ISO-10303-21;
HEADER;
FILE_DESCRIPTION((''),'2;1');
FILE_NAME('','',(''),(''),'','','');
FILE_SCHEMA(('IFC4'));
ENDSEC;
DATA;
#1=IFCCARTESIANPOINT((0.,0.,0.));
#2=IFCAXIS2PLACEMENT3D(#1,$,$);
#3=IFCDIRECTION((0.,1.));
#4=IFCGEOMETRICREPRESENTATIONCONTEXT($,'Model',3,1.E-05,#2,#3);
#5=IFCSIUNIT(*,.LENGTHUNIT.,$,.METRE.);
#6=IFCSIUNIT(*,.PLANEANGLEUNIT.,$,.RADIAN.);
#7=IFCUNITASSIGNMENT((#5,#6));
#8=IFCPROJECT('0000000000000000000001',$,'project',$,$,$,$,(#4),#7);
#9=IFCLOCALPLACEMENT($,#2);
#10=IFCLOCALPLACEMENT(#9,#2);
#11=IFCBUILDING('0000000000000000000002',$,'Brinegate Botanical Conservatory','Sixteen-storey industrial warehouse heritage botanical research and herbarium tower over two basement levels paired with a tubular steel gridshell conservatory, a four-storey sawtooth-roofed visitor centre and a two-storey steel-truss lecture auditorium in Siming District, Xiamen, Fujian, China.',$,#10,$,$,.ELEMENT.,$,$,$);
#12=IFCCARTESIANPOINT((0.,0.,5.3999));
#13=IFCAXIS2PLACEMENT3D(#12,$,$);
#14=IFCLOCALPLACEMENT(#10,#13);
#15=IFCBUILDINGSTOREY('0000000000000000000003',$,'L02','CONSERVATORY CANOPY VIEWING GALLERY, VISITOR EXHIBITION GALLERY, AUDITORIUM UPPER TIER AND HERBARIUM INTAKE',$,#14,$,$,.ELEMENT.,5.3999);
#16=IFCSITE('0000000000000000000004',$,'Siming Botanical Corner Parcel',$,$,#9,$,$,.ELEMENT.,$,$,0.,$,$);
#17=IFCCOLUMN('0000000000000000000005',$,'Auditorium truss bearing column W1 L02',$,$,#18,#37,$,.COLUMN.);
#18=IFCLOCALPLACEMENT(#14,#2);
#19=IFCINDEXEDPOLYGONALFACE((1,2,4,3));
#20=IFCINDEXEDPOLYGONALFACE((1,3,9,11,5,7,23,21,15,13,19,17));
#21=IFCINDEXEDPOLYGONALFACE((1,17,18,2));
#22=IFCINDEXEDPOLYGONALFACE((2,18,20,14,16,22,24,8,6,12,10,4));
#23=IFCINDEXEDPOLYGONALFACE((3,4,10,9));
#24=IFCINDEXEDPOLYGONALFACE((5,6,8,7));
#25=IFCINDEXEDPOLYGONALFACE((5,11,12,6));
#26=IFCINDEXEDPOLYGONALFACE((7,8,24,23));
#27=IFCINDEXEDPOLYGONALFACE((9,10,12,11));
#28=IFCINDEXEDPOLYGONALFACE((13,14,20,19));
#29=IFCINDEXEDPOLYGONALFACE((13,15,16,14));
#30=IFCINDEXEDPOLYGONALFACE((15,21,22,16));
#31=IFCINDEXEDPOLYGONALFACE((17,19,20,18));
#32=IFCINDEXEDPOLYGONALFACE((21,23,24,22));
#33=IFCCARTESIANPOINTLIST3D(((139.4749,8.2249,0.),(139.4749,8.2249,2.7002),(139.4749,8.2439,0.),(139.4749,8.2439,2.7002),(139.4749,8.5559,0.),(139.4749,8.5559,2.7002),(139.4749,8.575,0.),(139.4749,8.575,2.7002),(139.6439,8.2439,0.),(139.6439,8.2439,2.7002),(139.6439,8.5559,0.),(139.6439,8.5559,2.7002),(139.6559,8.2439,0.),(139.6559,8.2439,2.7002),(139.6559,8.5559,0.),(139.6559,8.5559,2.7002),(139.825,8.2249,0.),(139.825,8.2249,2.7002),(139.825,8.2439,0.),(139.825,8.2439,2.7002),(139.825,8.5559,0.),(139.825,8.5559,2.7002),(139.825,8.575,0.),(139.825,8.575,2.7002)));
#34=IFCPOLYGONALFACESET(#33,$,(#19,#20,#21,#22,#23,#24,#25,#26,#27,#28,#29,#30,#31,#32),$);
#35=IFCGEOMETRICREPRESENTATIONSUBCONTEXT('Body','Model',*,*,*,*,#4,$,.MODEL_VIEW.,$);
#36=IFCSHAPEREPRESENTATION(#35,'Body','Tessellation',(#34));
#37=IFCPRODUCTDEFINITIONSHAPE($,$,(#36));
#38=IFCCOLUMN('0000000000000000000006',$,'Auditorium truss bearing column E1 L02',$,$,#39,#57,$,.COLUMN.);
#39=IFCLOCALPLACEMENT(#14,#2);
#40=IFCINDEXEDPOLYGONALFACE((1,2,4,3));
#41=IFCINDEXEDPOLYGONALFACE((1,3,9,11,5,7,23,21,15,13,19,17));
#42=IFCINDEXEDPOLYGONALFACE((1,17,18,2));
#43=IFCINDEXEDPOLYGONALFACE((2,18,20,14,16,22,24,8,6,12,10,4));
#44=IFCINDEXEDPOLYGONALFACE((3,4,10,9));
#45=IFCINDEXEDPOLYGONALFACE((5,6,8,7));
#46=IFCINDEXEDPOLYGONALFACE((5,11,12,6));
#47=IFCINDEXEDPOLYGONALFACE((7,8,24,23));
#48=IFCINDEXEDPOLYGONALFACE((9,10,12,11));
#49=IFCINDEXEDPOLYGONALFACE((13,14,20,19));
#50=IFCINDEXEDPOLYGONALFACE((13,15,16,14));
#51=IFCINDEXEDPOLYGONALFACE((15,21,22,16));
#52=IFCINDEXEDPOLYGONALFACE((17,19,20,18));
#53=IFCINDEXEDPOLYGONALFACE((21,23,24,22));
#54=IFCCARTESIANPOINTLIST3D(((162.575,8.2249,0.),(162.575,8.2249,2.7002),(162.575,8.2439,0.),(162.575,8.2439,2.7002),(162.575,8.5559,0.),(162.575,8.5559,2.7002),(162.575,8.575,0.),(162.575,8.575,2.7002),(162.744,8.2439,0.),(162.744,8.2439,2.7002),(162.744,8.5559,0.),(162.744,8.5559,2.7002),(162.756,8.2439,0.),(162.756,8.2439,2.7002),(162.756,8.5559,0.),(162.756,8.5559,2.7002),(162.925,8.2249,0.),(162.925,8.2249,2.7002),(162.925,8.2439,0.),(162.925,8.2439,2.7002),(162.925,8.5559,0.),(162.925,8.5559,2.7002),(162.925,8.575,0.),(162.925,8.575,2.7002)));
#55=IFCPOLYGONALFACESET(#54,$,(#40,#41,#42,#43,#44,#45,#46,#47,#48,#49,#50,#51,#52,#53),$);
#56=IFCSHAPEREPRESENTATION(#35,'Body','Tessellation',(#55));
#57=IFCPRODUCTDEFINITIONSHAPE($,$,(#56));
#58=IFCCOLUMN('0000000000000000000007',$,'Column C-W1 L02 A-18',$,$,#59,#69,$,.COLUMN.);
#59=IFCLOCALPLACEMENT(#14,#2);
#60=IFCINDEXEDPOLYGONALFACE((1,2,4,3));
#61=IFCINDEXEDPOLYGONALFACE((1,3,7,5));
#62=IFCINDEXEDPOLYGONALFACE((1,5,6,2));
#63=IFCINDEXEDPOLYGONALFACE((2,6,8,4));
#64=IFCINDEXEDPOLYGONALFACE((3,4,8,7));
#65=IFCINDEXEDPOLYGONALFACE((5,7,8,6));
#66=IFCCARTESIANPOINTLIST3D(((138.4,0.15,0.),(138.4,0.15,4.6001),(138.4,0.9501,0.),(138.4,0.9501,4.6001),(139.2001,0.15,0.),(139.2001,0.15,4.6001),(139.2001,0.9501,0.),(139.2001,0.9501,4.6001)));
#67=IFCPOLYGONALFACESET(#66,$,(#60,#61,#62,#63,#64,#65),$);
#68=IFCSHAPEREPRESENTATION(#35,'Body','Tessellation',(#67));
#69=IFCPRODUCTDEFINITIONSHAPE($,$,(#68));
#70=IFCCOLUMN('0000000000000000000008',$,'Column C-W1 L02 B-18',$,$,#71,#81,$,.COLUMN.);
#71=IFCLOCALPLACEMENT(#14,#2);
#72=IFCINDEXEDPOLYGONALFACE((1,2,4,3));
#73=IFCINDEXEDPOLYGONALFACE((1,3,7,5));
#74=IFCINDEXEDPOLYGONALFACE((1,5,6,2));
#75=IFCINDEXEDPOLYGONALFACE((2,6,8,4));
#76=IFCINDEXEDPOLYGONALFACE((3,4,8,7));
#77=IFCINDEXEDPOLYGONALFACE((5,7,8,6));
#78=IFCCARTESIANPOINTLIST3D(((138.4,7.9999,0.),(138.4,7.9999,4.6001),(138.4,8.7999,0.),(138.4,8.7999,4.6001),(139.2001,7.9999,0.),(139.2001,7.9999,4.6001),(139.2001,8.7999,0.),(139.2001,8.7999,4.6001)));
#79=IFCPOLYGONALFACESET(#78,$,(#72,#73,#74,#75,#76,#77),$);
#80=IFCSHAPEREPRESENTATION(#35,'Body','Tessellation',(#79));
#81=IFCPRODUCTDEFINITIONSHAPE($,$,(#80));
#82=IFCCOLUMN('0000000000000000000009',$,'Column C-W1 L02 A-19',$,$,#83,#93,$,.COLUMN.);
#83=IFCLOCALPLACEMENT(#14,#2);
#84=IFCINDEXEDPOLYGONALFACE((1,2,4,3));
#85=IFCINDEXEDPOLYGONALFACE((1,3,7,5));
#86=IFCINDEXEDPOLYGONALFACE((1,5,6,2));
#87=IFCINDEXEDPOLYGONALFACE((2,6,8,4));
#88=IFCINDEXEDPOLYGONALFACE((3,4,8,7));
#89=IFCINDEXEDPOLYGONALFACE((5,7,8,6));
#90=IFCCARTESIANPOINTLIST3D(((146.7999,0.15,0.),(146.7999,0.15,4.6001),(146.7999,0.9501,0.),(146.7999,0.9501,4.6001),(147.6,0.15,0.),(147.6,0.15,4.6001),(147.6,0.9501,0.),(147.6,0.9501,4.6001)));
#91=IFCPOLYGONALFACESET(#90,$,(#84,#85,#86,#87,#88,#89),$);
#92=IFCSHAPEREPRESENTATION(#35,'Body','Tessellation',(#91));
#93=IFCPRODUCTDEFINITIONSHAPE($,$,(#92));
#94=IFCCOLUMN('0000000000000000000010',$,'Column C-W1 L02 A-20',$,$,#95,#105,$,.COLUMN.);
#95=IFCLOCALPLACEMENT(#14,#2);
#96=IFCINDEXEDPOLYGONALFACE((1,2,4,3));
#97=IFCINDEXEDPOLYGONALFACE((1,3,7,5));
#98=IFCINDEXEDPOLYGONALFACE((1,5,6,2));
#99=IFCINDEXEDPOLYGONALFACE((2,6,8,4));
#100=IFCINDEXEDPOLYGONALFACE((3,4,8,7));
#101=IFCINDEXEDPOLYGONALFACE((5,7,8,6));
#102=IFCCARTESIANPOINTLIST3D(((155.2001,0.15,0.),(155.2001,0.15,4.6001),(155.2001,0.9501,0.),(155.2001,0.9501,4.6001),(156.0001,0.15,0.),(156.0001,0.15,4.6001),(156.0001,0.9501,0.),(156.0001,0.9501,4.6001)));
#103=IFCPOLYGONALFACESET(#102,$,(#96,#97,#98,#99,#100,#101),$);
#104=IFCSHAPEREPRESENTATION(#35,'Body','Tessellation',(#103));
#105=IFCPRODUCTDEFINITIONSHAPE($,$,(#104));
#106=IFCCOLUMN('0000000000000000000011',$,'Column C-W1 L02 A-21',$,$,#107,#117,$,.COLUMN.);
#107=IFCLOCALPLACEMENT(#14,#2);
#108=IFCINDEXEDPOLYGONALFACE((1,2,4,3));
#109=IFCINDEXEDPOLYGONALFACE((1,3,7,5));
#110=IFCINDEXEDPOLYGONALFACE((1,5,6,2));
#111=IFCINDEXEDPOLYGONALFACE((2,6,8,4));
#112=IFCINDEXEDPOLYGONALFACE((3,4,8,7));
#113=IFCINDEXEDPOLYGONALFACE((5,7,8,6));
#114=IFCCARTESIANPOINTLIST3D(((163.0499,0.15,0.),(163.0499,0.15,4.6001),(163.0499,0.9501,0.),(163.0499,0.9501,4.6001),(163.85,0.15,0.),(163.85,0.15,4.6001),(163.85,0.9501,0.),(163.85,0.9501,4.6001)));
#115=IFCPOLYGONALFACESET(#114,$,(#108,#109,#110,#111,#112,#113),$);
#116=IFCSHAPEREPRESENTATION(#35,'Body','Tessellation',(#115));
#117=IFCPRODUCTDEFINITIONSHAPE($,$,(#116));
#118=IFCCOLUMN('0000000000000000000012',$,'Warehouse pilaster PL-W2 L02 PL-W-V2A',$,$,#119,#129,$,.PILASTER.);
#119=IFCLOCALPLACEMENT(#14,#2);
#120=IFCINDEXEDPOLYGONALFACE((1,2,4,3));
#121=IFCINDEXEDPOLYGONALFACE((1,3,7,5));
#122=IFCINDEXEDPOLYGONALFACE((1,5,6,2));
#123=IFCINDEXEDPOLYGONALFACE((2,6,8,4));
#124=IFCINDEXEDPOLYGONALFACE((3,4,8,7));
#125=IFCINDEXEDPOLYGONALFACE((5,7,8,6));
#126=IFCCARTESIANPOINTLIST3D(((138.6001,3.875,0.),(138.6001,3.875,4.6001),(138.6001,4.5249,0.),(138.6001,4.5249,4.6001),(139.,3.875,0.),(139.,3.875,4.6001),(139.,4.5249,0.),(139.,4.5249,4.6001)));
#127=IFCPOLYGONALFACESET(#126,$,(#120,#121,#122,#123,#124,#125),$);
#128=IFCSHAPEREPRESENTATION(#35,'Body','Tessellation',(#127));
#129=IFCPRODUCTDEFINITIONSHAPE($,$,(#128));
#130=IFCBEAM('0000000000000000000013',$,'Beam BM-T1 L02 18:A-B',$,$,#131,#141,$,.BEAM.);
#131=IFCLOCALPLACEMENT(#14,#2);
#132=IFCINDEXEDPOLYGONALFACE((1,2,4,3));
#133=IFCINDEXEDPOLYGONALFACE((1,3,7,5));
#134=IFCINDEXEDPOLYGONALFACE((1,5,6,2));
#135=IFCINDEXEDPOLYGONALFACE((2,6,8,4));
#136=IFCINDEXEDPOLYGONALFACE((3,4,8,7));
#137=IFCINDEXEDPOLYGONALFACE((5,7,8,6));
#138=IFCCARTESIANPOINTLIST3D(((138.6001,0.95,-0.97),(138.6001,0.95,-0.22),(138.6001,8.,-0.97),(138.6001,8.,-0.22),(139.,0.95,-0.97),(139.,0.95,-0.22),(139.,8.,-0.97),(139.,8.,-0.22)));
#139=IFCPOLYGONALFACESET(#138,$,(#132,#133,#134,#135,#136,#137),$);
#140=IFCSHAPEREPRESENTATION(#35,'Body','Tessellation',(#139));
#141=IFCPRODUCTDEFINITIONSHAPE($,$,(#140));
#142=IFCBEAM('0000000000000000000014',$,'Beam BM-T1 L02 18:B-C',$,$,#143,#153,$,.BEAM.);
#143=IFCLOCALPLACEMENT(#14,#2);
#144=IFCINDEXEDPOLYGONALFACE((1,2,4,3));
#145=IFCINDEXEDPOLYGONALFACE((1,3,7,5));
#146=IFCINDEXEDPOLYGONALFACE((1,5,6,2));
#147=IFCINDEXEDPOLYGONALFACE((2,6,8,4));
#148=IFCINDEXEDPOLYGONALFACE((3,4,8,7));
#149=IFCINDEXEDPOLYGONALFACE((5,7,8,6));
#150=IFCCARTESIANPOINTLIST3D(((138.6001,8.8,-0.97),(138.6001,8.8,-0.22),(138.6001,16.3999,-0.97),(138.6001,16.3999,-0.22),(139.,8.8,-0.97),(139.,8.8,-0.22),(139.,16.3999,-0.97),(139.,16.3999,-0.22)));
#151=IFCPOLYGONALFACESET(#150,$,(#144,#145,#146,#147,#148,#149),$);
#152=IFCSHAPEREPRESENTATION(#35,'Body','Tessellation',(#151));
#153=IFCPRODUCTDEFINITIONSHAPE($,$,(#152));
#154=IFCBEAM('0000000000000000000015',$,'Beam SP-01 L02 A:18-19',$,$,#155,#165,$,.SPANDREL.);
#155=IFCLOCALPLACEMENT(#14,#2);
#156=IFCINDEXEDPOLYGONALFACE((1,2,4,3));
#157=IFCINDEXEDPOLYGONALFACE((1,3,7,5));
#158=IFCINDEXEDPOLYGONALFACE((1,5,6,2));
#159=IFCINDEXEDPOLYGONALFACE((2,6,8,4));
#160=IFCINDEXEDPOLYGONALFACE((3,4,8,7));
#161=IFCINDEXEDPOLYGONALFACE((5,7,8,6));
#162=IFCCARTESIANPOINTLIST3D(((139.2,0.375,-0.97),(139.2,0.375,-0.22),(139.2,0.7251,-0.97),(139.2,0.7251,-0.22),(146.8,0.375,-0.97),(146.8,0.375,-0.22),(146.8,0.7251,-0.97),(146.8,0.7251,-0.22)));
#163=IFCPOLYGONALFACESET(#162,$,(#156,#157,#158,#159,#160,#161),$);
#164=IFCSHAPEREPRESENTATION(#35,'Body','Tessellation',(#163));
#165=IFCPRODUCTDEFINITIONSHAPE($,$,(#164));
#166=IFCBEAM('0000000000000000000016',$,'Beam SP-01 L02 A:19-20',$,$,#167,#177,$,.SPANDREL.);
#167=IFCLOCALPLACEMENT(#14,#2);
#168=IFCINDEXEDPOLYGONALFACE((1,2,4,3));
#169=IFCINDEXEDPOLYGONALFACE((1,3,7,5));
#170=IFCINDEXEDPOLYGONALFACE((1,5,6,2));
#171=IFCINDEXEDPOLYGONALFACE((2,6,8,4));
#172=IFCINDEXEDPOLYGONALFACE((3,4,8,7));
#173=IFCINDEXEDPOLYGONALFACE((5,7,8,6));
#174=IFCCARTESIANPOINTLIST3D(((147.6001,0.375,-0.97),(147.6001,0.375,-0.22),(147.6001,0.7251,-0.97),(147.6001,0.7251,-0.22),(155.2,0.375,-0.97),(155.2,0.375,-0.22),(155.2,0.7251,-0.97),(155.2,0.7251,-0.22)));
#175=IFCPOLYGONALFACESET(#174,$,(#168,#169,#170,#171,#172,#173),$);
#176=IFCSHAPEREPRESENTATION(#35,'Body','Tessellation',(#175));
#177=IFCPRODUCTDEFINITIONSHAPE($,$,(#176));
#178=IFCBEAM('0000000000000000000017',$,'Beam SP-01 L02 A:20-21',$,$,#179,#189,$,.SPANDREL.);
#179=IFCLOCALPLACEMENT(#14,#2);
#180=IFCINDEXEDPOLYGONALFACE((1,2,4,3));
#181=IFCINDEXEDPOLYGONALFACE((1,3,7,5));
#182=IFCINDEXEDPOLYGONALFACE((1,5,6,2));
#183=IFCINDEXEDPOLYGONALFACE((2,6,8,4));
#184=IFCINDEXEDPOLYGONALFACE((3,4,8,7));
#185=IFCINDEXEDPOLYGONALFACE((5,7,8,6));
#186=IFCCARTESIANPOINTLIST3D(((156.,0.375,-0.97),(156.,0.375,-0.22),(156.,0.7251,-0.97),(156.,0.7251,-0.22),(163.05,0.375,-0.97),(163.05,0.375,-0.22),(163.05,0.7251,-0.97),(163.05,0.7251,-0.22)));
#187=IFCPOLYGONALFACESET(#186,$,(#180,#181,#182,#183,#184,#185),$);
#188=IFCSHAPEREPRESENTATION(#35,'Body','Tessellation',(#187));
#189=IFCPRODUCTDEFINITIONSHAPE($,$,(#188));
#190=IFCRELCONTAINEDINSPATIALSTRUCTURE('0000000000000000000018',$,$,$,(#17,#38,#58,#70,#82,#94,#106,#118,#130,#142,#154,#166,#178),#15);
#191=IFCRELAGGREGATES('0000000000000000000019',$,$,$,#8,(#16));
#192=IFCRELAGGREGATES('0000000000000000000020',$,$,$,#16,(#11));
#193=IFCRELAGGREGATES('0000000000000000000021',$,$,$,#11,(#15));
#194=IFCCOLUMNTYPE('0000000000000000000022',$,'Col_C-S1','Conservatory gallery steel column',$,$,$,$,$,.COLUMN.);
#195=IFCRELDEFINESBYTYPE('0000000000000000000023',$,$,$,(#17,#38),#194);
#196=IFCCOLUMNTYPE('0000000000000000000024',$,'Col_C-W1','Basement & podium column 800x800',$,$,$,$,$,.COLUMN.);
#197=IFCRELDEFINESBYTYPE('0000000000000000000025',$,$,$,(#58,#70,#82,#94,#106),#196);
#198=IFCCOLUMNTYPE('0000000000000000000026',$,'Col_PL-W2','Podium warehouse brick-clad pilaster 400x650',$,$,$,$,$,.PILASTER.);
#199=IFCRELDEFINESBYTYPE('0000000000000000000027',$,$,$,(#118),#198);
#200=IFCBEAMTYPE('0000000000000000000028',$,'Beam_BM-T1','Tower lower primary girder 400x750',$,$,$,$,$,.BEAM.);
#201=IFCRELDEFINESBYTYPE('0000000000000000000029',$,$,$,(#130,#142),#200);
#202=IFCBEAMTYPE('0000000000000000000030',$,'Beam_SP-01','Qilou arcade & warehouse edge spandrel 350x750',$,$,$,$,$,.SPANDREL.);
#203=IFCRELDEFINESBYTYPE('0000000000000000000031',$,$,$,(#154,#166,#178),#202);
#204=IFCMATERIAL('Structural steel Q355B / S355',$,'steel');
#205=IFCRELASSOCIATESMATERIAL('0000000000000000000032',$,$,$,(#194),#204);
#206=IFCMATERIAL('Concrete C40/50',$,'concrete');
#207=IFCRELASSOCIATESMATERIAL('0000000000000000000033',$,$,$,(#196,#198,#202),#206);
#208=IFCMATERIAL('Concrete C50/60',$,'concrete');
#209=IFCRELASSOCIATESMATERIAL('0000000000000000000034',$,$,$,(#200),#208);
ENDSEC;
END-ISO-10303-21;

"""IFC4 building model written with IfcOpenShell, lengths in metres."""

from ifc_helpers import new_model, si_unit, direction, frame, origin, origin_2d, place, context, subcontext, project, spatial, rectangle, i_section, extrude, material, material_profile, profile_set, type_object, element, save


model = new_model("IFC4")

# Units and contexts
model_context = context("Model", 3, precision=1e-05, world=origin(), true_north=direction((0.0, 1.0)))
body_context = subcontext(model_context, "Body", "Model", "MODEL_VIEW")
ifc_project = project(units=[si_unit("LENGTHUNIT", "METRE"), si_unit("PLANEANGLEUNIT", "RADIAN")], contexts=[model_context])

# Site, building, storey
site_placement = place(None, origin())
site = spatial("IfcSite", under=ifc_project, at=site_placement, Name="Siming Botanical Corner Parcel", CompositionType="ELEMENT", RefElevation=0.0)
building_placement = place(site_placement, origin())
building = spatial("IfcBuilding", under=site, at=building_placement, Name="Brinegate Botanical Conservatory", Description="Sixteen-storey industrial warehouse heritage botanical research and herbarium tower over two basement levels paired with a tubular steel gridshell conservatory, a four-storey sawtooth-roofed visitor centre and a two-storey steel-truss lecture auditorium in Siming District, Xiamen, Fujian, China.", CompositionType="ELEMENT")
storey_placement = place(building_placement, frame((0.0, 0.0, 5.3999)))
storey = spatial("IfcBuildingStorey", under=building, at=storey_placement, Name="L02", Description="CONSERVATORY CANOPY VIEWING GALLERY, VISITOR EXHIBITION GALLERY, AUDITORIUM UPPER TIER AND HERBARIUM INTAKE", CompositionType="ELEMENT", Elevation=5.3999)

# Columns
ifc_material_1 = material(Name="Structural steel Q355B / S355", Category="steel")
ifc_material_profile_1 = material_profile(ifc_material_1, i_section(OverallWidth=0.3501, OverallDepth=0.3501, WebThickness=0.012, FlangeThickness=0.019, at=origin_2d()), Name="HW 350x350x12x19")
ifc_profile_set_1 = profile_set([ifc_material_profile_1], Name="Structural steel Q355B / S355")
column_type_1 = type_object("IfcColumnType", Name="Col_C-S1", Description="Conservatory gallery steel column", PredefinedType="COLUMN", material=ifc_profile_set_1)
for number, where, z_axis, x_axis, name in (
    (1, (139.6499, 8.3999, 0.0), (0.0, 0.0, 1.0), (1.0, 0.0, 0.0), "Auditorium truss bearing column W1 L02"),
    (2, (162.75, 8.3999, 0.0), (0.0, 0.0, 1.0), (1.0, 0.0, 0.0), "Auditorium truss bearing column E1 L02"),
):
    element("IfcColumn", number, at=place(storey_placement, frame(where, z_axis=z_axis, x_axis=x_axis)), inside=storey, type_object=column_type_1, Name=name, PredefinedType="COLUMN", context=body_context, shape_type="SweptSolid", body=[
        extrude(i_section(OverallWidth=0.3501, OverallDepth=0.3501, WebThickness=0.012, FlangeThickness=0.019, at=origin_2d()), origin(), (0.0, 0.0, 1.0), 2.7002),
    ])
ifc_material_2 = material(Name="Concrete C40/50", Category="concrete")
ifc_material_profile_2 = material_profile(ifc_material_2, rectangle(XDim=0.8, YDim=0.8, at=origin_2d()), Name="RC COL 800x800")
ifc_profile_set_2 = profile_set([ifc_material_profile_2], Name="Concrete C40/50")
column_type_2 = type_object("IfcColumnType", Name="Col_C-W1", Description="Basement & podium column 800x800", PredefinedType="COLUMN", material=ifc_profile_set_2)
for number, where, z_axis, x_axis, name in (
    (3, (138.8, 0.55, 0.0), (0.0, 0.0, 1.0), (1.0, 0.0, 0.0), "Column C-W1 L02 A-18"),
    (4, (138.8, 8.3999, 0.0), (0.0, 0.0, 1.0), (1.0, 0.0, 0.0), "Column C-W1 L02 B-18"),
    (5, (147.2, 0.55, 0.0), (0.0, 0.0, 1.0), (1.0, 0.0, 0.0), "Column C-W1 L02 A-19"),
    (6, (155.6001, 0.55, 0.0), (0.0, 0.0, 1.0), (1.0, 0.0, 0.0), "Column C-W1 L02 A-20"),
    (7, (163.45, 0.55, 0.0), (0.0, 0.0, 1.0), (1.0, 0.0, 0.0), "Column C-W1 L02 A-21"),
):
    element("IfcColumn", number, at=place(storey_placement, frame(where, z_axis=z_axis, x_axis=x_axis)), inside=storey, type_object=column_type_2, Name=name, PredefinedType="COLUMN", context=body_context, shape_type="SweptSolid", body=[
        extrude(rectangle(XDim=0.8, YDim=0.8, at=origin_2d()), origin(), (0.0, 0.0, 1.0), 4.6001),
    ])
ifc_material_profile_3 = material_profile(ifc_material_2, rectangle(XDim=0.3999, YDim=0.6499, at=origin_2d()), Name="RC PILASTER 400x650")
ifc_profile_set_3 = profile_set([ifc_material_profile_3], Name="Concrete C40/50")
column_type_3 = type_object("IfcColumnType", Name="Col_PL-W2", Description="Podium warehouse brick-clad pilaster 400x650", PredefinedType="PILASTER", material=ifc_profile_set_3)
column_placement = place(storey_placement, frame((138.8, 4.2, 0.0), z_axis=(0.0, 0.0, 1.0), x_axis=(1.0, 0.0, 0.0)))
element("IfcColumn", 8, at=column_placement, inside=storey, type_object=column_type_3, Name="Warehouse pilaster PL-W2 L02 PL-W-V2A", PredefinedType="PILASTER", context=body_context, shape_type="SweptSolid", body=[
    extrude(rectangle(XDim=0.3999, YDim=0.6499, at=origin_2d()), origin(), (0.0, 0.0, 1.0), 4.6001),
])

# Beams
ifc_material_3 = material(Name="Concrete C50/60", Category="concrete")
ifc_material_profile_4 = material_profile(ifc_material_3, rectangle(XDim=0.3999, YDim=0.75, at=origin_2d()), Name="RC BM 400x750")
ifc_profile_set_4 = profile_set([ifc_material_profile_4], Name="Concrete C50/60")
beam_type_1 = type_object("IfcBeamType", Name="Beam_BM-T1", Description="Tower lower primary girder 400x750", PredefinedType="BEAM", material=ifc_profile_set_4)
beam_1_placement = place(storey_placement, frame((138.8, 0.95, -0.595), z_axis=(0.0, 1.0, 0.0), x_axis=(-1.0, 0.0, 0.0)))
element("IfcBeam", 9, at=beam_1_placement, inside=storey, type_object=beam_type_1, Name="Beam BM-T1 L02 18:A-B", PredefinedType="BEAM", context=body_context, shape_type="SweptSolid", body=[
    extrude(rectangle(XDim=0.3999, YDim=0.75, at=origin_2d()), origin(), (0.0, 0.0, 1.0), 7.05),
])
beam_2_placement = place(storey_placement, frame((138.8, 8.8, -0.595), z_axis=(0.0, 1.0, 0.0), x_axis=(-1.0, 0.0, 0.0)))
element("IfcBeam", 10, at=beam_2_placement, inside=storey, type_object=beam_type_1, Name="Beam BM-T1 L02 18:B-C", PredefinedType="BEAM", context=body_context, shape_type="SweptSolid", body=[
    extrude(rectangle(XDim=0.3999, YDim=0.75, at=origin_2d()), origin(), (0.0, 0.0, 1.0), 7.5999),
])
ifc_material_profile_5 = material_profile(ifc_material_2, rectangle(XDim=0.3501, YDim=0.75, at=origin_2d()), Name="RC SPN 350x750")
ifc_profile_set_5 = profile_set([ifc_material_profile_5], Name="Concrete C40/50")
beam_type_2 = type_object("IfcBeamType", Name="Beam_SP-01", Description="Qilou arcade & warehouse edge spandrel 350x750", PredefinedType="SPANDREL", material=ifc_profile_set_5)
beam_3_placement = place(storey_placement, frame((139.2, 0.55, -0.595), z_axis=(1.0, 0.0, 0.0), x_axis=(0.0, 1.0, 0.0)))
element("IfcBeam", 11, at=beam_3_placement, inside=storey, type_object=beam_type_2, Name="Beam SP-01 L02 A:18-19", PredefinedType="SPANDREL", context=body_context, shape_type="SweptSolid", body=[
    extrude(rectangle(XDim=0.3501, YDim=0.75, at=origin_2d()), origin(), (0.0, 0.0, 1.0), 7.6001),
])
beam_4_placement = place(storey_placement, frame((147.6001, 0.55, -0.595), z_axis=(1.0, 0.0, 0.0), x_axis=(0.0, 1.0, 0.0)))
element("IfcBeam", 12, at=beam_4_placement, inside=storey, type_object=beam_type_2, Name="Beam SP-01 L02 A:19-20", PredefinedType="SPANDREL", context=body_context, shape_type="SweptSolid", body=[
    extrude(rectangle(XDim=0.3501, YDim=0.75, at=origin_2d()), origin(), (0.0, 0.0, 1.0), 7.5999),
])
beam_5_placement = place(storey_placement, frame((156.0, 0.55, -0.595), z_axis=(1.0, 0.0, 0.0), x_axis=(0.0, 1.0, 0.0)))
element("IfcBeam", 13, at=beam_5_placement, inside=storey, type_object=beam_type_2, Name="Beam SP-01 L02 A:20-21", PredefinedType="SPANDREL", context=body_context, shape_type="SweptSolid", body=[
    extrude(rectangle(XDim=0.3501, YDim=0.75, at=origin_2d()), origin(), (0.0, 0.0, 1.0), 7.05),
])

save(model, "model.ifc")
